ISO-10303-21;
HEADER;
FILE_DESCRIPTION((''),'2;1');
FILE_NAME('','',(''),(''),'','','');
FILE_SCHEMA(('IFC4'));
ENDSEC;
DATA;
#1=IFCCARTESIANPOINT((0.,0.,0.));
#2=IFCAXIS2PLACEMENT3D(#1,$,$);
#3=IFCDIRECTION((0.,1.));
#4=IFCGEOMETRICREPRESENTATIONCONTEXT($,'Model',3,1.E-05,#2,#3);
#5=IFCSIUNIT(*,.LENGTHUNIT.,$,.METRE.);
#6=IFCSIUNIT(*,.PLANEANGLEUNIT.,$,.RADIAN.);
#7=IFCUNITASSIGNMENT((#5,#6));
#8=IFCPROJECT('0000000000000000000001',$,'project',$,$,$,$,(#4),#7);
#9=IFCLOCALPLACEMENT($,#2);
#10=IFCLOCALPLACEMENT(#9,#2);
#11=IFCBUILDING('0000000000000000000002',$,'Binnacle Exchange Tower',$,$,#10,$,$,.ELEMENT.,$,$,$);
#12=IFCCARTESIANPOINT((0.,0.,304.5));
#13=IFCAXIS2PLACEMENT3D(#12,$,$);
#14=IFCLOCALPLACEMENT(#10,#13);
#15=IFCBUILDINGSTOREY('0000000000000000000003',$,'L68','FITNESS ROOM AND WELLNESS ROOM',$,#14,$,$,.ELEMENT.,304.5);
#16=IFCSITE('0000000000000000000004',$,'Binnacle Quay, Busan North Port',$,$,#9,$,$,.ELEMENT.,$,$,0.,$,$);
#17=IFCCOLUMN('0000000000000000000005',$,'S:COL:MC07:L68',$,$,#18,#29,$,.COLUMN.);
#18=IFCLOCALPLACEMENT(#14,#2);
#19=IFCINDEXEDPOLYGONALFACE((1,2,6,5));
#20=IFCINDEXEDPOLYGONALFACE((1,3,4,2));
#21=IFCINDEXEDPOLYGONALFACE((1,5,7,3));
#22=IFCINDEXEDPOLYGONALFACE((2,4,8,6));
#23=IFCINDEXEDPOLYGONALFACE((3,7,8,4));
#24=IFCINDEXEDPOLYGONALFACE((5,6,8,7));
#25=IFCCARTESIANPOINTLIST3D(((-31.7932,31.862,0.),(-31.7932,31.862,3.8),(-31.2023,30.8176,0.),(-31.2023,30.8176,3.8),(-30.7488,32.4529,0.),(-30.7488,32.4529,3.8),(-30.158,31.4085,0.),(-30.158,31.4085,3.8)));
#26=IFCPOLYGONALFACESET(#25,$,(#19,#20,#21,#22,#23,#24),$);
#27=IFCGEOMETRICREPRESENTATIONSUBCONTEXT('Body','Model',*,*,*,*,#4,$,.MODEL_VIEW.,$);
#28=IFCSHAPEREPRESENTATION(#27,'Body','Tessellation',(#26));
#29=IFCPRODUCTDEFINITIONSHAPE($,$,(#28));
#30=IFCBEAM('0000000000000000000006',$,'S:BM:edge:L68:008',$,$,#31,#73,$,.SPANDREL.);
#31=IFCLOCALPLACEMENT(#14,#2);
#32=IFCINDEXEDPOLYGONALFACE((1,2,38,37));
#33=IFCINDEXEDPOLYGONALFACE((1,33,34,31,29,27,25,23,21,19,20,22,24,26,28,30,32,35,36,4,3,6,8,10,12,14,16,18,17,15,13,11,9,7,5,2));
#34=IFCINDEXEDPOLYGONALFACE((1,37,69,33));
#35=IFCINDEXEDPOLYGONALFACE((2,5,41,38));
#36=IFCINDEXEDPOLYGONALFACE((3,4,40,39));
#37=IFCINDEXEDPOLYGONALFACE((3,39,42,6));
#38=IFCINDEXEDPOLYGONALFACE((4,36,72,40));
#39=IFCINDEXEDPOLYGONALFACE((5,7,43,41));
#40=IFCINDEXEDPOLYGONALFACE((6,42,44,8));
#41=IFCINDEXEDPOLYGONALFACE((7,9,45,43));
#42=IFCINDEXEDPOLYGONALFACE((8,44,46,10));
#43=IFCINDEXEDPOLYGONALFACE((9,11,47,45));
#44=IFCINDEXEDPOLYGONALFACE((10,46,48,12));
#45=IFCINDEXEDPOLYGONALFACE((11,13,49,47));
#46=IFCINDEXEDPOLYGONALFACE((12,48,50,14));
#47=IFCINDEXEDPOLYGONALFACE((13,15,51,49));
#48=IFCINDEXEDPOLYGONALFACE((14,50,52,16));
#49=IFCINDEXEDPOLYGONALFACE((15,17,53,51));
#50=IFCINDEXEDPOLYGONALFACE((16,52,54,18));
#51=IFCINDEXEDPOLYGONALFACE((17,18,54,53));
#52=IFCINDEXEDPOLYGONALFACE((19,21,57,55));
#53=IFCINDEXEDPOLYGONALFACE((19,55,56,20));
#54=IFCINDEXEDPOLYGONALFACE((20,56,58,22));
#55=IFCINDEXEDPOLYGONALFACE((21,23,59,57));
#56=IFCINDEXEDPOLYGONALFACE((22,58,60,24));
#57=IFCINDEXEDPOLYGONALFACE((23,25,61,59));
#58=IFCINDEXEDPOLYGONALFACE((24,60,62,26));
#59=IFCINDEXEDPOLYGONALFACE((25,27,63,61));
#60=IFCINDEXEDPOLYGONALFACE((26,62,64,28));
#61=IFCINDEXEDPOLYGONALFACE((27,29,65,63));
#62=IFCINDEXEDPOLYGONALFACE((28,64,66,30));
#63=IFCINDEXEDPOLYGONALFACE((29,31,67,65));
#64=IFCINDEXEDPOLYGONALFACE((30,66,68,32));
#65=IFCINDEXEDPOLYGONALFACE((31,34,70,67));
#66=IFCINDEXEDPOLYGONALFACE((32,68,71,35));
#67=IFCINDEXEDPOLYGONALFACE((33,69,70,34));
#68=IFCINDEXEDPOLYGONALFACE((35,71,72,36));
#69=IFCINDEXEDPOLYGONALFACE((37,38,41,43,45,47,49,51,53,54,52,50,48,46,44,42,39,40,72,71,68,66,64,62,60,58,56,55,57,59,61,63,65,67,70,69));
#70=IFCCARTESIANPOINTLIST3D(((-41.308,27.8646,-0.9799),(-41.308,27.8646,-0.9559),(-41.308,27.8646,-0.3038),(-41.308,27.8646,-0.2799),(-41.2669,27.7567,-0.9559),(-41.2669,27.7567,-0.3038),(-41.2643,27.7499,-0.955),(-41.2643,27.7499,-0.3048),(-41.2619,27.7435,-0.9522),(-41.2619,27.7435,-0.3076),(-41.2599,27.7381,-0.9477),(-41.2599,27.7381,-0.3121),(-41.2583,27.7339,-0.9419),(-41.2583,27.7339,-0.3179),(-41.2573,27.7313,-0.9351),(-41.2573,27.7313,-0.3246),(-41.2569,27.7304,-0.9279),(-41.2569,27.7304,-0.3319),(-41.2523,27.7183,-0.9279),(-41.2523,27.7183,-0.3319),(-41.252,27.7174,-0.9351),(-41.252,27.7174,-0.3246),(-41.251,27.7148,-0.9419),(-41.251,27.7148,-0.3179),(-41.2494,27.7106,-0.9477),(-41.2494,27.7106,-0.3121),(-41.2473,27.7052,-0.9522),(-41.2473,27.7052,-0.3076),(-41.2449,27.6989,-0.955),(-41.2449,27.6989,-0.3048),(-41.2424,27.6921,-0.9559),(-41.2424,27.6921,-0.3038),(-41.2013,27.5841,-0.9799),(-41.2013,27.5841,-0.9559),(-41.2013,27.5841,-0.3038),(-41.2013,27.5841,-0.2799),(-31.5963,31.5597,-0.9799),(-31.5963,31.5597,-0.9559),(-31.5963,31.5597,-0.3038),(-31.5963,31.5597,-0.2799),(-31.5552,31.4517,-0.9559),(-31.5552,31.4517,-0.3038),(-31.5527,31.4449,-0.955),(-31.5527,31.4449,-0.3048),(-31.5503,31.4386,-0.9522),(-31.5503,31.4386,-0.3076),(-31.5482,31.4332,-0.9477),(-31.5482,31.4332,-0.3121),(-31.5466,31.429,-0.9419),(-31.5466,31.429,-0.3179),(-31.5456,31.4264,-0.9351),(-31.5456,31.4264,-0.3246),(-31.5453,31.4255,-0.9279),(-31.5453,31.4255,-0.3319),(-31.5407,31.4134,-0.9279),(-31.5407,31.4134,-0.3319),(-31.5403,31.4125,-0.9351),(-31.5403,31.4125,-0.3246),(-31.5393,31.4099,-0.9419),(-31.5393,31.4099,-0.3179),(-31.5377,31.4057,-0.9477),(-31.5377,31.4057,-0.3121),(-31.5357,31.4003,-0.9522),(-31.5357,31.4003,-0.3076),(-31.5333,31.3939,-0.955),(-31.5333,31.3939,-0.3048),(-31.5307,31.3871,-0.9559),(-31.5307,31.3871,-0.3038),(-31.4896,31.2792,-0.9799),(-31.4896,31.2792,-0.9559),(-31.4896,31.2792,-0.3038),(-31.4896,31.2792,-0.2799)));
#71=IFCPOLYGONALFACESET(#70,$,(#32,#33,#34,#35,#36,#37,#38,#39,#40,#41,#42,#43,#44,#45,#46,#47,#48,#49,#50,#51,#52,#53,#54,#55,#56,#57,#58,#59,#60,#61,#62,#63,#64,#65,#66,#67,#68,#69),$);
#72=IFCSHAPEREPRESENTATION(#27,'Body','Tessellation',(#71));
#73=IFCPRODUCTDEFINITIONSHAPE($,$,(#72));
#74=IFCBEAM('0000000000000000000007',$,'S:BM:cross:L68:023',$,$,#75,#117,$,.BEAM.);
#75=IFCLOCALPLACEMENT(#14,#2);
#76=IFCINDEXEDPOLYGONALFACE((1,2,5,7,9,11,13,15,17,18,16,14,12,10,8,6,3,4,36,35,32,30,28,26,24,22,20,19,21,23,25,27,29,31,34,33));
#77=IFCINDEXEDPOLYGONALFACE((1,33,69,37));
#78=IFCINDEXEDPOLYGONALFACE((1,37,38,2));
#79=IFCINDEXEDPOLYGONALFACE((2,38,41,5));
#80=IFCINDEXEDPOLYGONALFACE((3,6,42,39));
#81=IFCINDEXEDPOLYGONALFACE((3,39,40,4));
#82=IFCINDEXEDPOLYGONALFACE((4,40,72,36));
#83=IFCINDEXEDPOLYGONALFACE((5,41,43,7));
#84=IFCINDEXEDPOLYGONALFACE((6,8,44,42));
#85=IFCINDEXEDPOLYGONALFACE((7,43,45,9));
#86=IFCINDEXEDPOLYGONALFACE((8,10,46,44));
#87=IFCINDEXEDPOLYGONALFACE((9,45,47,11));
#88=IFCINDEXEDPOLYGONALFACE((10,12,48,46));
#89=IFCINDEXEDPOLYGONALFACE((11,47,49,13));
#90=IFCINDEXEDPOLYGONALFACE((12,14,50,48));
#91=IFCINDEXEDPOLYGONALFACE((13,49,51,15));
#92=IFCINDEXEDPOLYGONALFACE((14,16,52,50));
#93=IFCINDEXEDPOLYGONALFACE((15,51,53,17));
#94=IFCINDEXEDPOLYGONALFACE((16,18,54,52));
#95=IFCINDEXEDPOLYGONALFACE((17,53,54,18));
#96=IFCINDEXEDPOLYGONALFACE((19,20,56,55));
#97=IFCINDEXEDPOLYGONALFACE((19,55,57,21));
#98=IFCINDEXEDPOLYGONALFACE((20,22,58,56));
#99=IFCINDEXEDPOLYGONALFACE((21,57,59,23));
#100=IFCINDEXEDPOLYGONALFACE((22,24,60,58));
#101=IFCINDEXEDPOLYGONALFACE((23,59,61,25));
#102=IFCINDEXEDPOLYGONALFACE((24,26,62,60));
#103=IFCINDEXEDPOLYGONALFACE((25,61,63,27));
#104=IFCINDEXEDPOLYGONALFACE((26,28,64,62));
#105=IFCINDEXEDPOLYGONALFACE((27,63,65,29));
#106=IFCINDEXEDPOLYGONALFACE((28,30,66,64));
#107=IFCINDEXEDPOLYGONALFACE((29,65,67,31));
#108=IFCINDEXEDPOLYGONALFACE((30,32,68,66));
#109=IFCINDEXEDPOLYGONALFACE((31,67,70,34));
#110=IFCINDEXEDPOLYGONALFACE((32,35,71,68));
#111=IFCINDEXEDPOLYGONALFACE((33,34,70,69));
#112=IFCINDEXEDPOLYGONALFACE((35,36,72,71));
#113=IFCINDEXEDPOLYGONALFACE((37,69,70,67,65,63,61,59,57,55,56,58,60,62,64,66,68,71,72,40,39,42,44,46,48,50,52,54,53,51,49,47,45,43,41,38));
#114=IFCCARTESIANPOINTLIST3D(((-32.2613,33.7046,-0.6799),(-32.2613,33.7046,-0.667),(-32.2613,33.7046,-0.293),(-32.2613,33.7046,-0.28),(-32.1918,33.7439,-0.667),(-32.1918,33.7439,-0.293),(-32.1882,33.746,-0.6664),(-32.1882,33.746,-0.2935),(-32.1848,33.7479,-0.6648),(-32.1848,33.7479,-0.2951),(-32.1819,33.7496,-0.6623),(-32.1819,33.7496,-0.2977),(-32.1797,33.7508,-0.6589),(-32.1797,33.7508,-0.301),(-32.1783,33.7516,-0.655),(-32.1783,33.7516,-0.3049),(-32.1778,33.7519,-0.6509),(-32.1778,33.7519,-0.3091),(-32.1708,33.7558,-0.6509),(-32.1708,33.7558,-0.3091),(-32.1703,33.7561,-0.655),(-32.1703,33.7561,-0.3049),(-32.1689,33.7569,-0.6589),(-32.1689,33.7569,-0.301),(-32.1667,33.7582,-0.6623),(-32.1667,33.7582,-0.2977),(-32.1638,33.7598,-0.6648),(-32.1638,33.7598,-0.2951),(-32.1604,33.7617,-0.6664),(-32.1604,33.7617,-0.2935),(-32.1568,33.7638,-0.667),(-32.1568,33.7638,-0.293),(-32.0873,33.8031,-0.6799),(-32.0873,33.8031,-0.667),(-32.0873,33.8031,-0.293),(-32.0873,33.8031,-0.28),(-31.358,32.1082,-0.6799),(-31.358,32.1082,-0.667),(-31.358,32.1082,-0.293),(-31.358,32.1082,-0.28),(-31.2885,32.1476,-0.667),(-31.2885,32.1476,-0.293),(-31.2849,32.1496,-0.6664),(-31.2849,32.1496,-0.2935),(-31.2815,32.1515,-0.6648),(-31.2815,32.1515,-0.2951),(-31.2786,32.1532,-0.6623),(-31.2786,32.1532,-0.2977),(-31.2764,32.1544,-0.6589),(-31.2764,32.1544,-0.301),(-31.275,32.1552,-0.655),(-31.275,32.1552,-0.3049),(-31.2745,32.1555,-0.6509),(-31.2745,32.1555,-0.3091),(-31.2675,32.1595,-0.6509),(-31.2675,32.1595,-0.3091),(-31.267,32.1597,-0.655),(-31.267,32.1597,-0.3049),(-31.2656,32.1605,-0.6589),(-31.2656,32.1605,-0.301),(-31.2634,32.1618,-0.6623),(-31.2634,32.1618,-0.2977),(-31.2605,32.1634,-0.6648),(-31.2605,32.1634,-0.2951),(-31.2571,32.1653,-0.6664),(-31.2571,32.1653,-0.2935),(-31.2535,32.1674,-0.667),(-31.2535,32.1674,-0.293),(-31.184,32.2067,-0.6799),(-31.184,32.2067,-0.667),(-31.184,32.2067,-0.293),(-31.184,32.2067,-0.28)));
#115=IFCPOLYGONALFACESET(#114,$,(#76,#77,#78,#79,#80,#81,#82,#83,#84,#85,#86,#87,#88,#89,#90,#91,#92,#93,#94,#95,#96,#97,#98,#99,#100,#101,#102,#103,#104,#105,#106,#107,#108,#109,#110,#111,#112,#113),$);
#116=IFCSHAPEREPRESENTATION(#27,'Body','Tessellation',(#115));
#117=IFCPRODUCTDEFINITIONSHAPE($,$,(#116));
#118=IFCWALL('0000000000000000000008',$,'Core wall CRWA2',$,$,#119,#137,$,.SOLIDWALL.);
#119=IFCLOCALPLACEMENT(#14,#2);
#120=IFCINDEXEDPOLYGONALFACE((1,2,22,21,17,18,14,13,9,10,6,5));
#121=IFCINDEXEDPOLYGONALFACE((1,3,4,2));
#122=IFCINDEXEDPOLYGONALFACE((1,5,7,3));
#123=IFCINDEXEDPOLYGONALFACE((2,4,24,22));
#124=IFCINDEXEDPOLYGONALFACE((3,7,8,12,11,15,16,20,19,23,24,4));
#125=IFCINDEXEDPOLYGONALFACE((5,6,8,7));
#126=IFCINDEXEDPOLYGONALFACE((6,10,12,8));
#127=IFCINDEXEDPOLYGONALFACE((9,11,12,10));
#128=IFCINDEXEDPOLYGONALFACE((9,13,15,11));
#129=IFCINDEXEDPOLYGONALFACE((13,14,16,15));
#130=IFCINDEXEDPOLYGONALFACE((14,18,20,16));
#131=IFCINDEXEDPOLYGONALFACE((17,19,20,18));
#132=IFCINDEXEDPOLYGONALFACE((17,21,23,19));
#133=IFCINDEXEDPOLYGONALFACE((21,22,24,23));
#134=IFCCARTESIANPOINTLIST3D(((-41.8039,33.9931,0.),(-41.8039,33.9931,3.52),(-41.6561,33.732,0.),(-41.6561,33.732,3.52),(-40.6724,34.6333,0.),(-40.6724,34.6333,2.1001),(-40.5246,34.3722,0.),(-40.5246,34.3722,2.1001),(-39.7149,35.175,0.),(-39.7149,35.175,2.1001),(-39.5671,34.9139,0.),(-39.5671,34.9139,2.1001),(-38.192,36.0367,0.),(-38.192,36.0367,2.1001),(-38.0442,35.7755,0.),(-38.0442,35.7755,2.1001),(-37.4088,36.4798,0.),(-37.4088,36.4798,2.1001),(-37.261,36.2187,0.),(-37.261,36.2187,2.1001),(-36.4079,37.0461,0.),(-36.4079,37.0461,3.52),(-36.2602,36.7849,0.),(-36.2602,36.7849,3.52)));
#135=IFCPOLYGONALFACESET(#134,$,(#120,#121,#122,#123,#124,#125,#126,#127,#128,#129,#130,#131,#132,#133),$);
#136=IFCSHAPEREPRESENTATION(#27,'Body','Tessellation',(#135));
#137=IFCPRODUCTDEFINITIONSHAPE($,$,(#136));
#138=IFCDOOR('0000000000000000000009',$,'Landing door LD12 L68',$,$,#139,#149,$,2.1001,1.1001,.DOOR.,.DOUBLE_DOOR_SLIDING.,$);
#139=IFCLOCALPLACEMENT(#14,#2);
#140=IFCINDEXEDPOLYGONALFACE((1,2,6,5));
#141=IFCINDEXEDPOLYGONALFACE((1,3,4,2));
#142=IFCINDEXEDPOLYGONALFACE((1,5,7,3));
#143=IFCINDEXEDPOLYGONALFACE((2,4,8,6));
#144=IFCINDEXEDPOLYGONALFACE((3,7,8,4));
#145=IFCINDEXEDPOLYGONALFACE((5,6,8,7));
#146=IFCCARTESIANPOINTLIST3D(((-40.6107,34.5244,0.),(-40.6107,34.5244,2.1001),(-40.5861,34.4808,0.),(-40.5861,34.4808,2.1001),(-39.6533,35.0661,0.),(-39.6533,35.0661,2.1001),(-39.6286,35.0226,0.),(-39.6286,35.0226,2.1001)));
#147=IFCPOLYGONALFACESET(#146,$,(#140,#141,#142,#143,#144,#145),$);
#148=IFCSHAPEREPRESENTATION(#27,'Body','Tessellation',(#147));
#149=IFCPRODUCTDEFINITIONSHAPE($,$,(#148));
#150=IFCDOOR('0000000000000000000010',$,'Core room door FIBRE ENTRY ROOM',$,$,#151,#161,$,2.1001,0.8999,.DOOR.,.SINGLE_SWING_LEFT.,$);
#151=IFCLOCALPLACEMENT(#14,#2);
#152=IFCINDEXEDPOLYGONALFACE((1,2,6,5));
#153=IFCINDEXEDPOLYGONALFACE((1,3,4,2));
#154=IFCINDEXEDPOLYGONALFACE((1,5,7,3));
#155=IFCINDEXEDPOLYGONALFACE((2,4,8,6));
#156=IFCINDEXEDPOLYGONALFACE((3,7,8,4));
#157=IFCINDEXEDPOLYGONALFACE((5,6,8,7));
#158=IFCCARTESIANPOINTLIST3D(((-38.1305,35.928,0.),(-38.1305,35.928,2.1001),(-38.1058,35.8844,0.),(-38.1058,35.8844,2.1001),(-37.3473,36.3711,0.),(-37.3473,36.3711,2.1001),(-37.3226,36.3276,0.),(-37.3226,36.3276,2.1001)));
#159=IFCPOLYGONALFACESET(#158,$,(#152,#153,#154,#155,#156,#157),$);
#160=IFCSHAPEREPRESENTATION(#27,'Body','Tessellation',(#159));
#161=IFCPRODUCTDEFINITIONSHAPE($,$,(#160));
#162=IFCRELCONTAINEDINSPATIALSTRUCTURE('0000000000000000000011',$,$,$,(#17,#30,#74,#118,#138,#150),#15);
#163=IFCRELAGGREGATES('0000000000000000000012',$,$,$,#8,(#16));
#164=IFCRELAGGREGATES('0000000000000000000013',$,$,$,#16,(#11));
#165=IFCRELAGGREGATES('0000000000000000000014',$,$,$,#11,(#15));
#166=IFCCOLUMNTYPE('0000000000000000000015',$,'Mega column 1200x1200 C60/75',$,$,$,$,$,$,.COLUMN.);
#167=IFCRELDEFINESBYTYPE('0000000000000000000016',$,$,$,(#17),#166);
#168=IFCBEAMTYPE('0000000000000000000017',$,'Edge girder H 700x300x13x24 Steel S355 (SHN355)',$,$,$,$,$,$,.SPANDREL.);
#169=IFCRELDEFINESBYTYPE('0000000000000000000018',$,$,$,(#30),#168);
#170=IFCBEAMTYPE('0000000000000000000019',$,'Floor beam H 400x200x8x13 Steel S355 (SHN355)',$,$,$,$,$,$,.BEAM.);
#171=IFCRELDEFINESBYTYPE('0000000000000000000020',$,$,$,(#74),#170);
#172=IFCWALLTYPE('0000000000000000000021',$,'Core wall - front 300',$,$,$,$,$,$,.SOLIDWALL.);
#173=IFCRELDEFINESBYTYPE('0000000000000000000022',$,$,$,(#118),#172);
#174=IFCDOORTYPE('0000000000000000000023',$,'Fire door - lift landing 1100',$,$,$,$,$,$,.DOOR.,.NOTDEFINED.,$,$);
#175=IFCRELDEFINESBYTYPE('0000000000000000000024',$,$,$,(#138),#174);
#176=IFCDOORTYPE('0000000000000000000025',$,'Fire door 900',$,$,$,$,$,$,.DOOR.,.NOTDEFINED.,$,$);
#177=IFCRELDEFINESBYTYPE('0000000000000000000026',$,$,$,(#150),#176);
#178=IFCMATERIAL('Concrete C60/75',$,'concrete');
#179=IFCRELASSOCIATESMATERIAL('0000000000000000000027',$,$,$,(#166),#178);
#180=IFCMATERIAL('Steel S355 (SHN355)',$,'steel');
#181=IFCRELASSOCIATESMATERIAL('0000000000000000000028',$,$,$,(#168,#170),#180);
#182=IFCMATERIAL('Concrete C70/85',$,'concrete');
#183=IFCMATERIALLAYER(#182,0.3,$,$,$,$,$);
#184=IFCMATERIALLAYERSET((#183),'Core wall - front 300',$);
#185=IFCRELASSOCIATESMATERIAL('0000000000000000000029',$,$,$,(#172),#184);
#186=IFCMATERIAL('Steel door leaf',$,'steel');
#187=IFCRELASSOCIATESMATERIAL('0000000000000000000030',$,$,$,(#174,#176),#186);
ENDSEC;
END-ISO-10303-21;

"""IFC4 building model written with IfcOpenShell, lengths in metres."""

from ifc_helpers import new_model, si_unit, direction, frame, frame_2d, origin, origin_2d, place, context, subcontext, project, spatial, rectangle, i_section, extrude, material, layer, layer_set, material_profile, profile_set, type_object, element, fill, save


model = new_model("IFC4")

# Units and contexts
model_context = context("Model", 3, precision=1e-05, world=origin(), true_north=direction((0.0, 1.0)))
body_context = subcontext(model_context, "Body", "Model", "MODEL_VIEW")
ifc_project = project(units=[si_unit("LENGTHUNIT", "METRE"), si_unit("PLANEANGLEUNIT", "RADIAN")], contexts=[model_context])

# Site, building, storey
site_placement = place(None, origin())
site = spatial("IfcSite", under=ifc_project, at=site_placement, Name="Binnacle Quay, Busan North Port", CompositionType="ELEMENT", RefElevation=0.0)
building_placement = place(site_placement, origin())
building = spatial("IfcBuilding", under=site, at=building_placement, Name="Binnacle Exchange Tower", CompositionType="ELEMENT")
storey_placement = place(building_placement, frame((0.0, 0.0, 304.5)))
storey = spatial("IfcBuildingStorey", under=building, at=storey_placement, Name="L68", Description="FITNESS ROOM AND WELLNESS ROOM", CompositionType="ELEMENT", Elevation=304.5)

# Column
ifc_material_1 = material(Name="Concrete C60/75", Category="concrete")
ifc_material_profile_1 = material_profile(ifc_material_1, rectangle(XDim=1.2, YDim=1.2, at=origin_2d()), Name="Mega column 1200x1200 C60/75")
ifc_profile_set_1 = profile_set([ifc_material_profile_1], Name="Concrete C60/75")
column_type = type_object("IfcColumnType", Name="Mega column 1200x1200 C60/75", PredefinedType="COLUMN", material=ifc_profile_set_1)
column_placement = place(storey_placement, frame((-30.9756, 31.6353, 0.0), z_axis=(0.0, 0.0, 1.0), x_axis=(0.870356, 0.492424, 0.0)))
element("IfcColumn", 1, at=column_placement, inside=storey, type_object=column_type, Name="S:COL:MC07:L68", PredefinedType="COLUMN", context=body_context, shape_type="SweptSolid", body=[
    extrude(rectangle(XDim=1.2, YDim=1.2, at=origin_2d()), origin(), (0.0, 0.0, 1.0), 3.8),
])

# Beams
ifc_material_2 = material(Name="Steel S355 (SHN355)", Category="steel")
ifc_material_profile_2 = material_profile(ifc_material_2, i_section(OverallWidth=0.3, OverallDepth=0.7, WebThickness=0.0129, FlangeThickness=0.0239, FilletRadius=0.0281, at=origin_2d()), Name="H 700x300x13x24")
ifc_profile_set_2 = profile_set([ifc_material_profile_2], Name="Steel S355 (SHN355)")
beam_type_1 = type_object("IfcBeamType", Name="Edge girder H 700x300x13x24 Steel S355 (SHN355)", PredefinedType="SPANDREL", material=ifc_profile_set_2)
beam_1_placement = place(storey_placement, frame((-41.2546, 27.7244, -0.6299), z_axis=(0.934635, 0.355607, 0.0), x_axis=(-0.355607, 0.934635, 0.0)))
element("IfcBeam", 2, at=beam_1_placement, inside=storey, type_object=beam_type_1, Name="S:BM:edge:L68:008", PredefinedType="SPANDREL", context=body_context, shape_type="SweptSolid", body=[
    extrude(i_section(OverallWidth=0.3, OverallDepth=0.7, WebThickness=0.0129, FlangeThickness=0.0239, FilletRadius=0.0281, at=origin_2d()), origin(), (0.0, 0.0, 1.0), 10.3909),
])
ifc_material_profile_3 = material_profile(ifc_material_2, i_section(OverallWidth=0.2, OverallDepth=0.3999, WebThickness=0.0081, FlangeThickness=0.0129, FilletRadius=0.0161, at=origin_2d()), Name="H 400x200x8x13")
ifc_profile_set_3 = profile_set([ifc_material_profile_3], Name="Steel S355 (SHN355)")
beam_type_2 = type_object("IfcBeamType", Name="Floor beam H 400x200x8x13 Steel S355 (SHN355)", PredefinedType="BEAM", material=ifc_profile_set_3)
beam_2_placement = place(storey_placement, frame((-31.271, 32.1575, -0.48), z_axis=(-0.492465, 0.870332, 0.0), x_axis=(-0.870332, -0.492465, 0.0)))
element("IfcBeam", 3, at=beam_2_placement, inside=storey, type_object=beam_type_2, Name="S:BM:cross:L68:023", PredefinedType="BEAM", context=body_context, shape_type="SweptSolid", body=[
    extrude(i_section(OverallWidth=0.2, OverallDepth=0.3999, WebThickness=0.0081, FlangeThickness=0.0129, FilletRadius=0.0161, at=origin_2d()), origin(), (0.0, 0.0, 1.0), 1.8342),
])

# Wall, openings, doors
ifc_material_3 = material(Name="Concrete C70/85", Category="concrete")
ifc_layer_1 = layer(ifc_material_3, 0.3)
ifc_layer_set_1 = layer_set([ifc_layer_1], Name="Core wall - front 300")
wall_type_1 = type_object("IfcWallType", Name="Core wall - front 300", PredefinedType="SOLIDWALL", material=ifc_layer_set_1)
wall_1_placement = place(storey_placement, frame((-41.73, 33.8625, 0.0), z_axis=(0.0, 0.0, 1.0), x_axis=(0.870351, 0.492432, 0.0)))
wall_1 = element("IfcWall", 4, at=wall_1_placement, inside=storey, type_object=wall_type_1, Name="Core wall CRWA2", PredefinedType="SOLIDWALL", context=body_context, shape_type="SweptSolid", body=[
    extrude(rectangle(XDim=6.1997, YDim=0.3, at=frame_2d((3.0999, 0.0))), origin(), (0.0, 0.0, 1.0), 3.52),
])
opening_1_placement = place(wall_1_placement, frame((1.3, 0.0, 0.0)))
opening_1 = element("IfcOpeningElement", 5, at=opening_1_placement, cuts=wall_1, PredefinedType="OPENING", context=body_context, shape_type="SweptSolid", body=[
    extrude(rectangle(XDim=1.1001, YDim=2.1001, at=frame_2d((0.55, 1.05))), frame((0.0, 0.1599, 0.0), z_axis=(0.0, -1.0, 0.0), x_axis=(1.0, 0.0, 0.0)), (0.0, 0.0, 1.0), 0.3201),
])
opening_2_placement = place(wall_1_placement, frame((4.1499, 0.0, 0.0)))
opening_2 = element("IfcOpeningElement", 6, at=opening_2_placement, cuts=wall_1, PredefinedType="OPENING", context=body_context, shape_type="SweptSolid", body=[
    extrude(rectangle(XDim=0.8999, YDim=2.1001, at=frame_2d((0.45, 1.05))), frame((0.0, 0.1599, 0.0), z_axis=(0.0, -1.0, 0.0), x_axis=(1.0, 0.0, 0.0)), (0.0, 0.0, 1.0), 0.3201),
])
ifc_material_4 = material(Name="Steel door leaf", Category="steel")
door_type_1 = type_object("IfcDoorType", Name="Fire door - lift landing 1100", OperationType="NOTDEFINED", PredefinedType="DOOR", material=ifc_material_4)
door_1_placement = place(opening_1_placement, origin())
door_1 = element("IfcDoor", 7, at=door_1_placement, inside=storey, type_object=door_type_1, Name="Landing door LD12 L68", OperationType="DOUBLE_DOOR_SLIDING", OverallHeight=2.1001, OverallWidth=1.1001, PredefinedType="DOOR", context=body_context, shape_type="SweptSolid", body=[
    extrude(rectangle(XDim=1.1001, YDim=2.1001, at=frame_2d((0.55, 1.05))), frame((0.0, 0.0249, 0.0), z_axis=(0.0, -1.0, 0.0), x_axis=(1.0, 0.0, 0.0)), (0.0, 0.0, 1.0), 0.05),
])
fill(opening_1, door_1)
door_type_2 = type_object("IfcDoorType", Name="Fire door 900", OperationType="NOTDEFINED", PredefinedType="DOOR", material=ifc_material_4)
door_2_placement = place(opening_2_placement, frame((0.8999, 0.0, 0.0), z_axis=(0.0, 0.0, 1.0), x_axis=(-1.0, 0.0, 0.0)))
door_2 = element("IfcDoor", 8, at=door_2_placement, inside=storey, type_object=door_type_2, Name="Core room door FIBRE ENTRY ROOM", OperationType="SINGLE_SWING_LEFT", OverallHeight=2.1001, OverallWidth=0.8999, PredefinedType="DOOR", context=body_context, shape_type="SweptSolid", body=[
    extrude(rectangle(XDim=0.8999, YDim=2.1001, at=frame_2d((0.45, 1.05))), frame((0.0, 0.0249, 0.0), z_axis=(0.0, -1.0, 0.0), x_axis=(1.0, 0.0, 0.0)), (0.0, 0.0, 1.0), 0.05),
])
fill(opening_2, door_2)

save(model, "model.ifc")
